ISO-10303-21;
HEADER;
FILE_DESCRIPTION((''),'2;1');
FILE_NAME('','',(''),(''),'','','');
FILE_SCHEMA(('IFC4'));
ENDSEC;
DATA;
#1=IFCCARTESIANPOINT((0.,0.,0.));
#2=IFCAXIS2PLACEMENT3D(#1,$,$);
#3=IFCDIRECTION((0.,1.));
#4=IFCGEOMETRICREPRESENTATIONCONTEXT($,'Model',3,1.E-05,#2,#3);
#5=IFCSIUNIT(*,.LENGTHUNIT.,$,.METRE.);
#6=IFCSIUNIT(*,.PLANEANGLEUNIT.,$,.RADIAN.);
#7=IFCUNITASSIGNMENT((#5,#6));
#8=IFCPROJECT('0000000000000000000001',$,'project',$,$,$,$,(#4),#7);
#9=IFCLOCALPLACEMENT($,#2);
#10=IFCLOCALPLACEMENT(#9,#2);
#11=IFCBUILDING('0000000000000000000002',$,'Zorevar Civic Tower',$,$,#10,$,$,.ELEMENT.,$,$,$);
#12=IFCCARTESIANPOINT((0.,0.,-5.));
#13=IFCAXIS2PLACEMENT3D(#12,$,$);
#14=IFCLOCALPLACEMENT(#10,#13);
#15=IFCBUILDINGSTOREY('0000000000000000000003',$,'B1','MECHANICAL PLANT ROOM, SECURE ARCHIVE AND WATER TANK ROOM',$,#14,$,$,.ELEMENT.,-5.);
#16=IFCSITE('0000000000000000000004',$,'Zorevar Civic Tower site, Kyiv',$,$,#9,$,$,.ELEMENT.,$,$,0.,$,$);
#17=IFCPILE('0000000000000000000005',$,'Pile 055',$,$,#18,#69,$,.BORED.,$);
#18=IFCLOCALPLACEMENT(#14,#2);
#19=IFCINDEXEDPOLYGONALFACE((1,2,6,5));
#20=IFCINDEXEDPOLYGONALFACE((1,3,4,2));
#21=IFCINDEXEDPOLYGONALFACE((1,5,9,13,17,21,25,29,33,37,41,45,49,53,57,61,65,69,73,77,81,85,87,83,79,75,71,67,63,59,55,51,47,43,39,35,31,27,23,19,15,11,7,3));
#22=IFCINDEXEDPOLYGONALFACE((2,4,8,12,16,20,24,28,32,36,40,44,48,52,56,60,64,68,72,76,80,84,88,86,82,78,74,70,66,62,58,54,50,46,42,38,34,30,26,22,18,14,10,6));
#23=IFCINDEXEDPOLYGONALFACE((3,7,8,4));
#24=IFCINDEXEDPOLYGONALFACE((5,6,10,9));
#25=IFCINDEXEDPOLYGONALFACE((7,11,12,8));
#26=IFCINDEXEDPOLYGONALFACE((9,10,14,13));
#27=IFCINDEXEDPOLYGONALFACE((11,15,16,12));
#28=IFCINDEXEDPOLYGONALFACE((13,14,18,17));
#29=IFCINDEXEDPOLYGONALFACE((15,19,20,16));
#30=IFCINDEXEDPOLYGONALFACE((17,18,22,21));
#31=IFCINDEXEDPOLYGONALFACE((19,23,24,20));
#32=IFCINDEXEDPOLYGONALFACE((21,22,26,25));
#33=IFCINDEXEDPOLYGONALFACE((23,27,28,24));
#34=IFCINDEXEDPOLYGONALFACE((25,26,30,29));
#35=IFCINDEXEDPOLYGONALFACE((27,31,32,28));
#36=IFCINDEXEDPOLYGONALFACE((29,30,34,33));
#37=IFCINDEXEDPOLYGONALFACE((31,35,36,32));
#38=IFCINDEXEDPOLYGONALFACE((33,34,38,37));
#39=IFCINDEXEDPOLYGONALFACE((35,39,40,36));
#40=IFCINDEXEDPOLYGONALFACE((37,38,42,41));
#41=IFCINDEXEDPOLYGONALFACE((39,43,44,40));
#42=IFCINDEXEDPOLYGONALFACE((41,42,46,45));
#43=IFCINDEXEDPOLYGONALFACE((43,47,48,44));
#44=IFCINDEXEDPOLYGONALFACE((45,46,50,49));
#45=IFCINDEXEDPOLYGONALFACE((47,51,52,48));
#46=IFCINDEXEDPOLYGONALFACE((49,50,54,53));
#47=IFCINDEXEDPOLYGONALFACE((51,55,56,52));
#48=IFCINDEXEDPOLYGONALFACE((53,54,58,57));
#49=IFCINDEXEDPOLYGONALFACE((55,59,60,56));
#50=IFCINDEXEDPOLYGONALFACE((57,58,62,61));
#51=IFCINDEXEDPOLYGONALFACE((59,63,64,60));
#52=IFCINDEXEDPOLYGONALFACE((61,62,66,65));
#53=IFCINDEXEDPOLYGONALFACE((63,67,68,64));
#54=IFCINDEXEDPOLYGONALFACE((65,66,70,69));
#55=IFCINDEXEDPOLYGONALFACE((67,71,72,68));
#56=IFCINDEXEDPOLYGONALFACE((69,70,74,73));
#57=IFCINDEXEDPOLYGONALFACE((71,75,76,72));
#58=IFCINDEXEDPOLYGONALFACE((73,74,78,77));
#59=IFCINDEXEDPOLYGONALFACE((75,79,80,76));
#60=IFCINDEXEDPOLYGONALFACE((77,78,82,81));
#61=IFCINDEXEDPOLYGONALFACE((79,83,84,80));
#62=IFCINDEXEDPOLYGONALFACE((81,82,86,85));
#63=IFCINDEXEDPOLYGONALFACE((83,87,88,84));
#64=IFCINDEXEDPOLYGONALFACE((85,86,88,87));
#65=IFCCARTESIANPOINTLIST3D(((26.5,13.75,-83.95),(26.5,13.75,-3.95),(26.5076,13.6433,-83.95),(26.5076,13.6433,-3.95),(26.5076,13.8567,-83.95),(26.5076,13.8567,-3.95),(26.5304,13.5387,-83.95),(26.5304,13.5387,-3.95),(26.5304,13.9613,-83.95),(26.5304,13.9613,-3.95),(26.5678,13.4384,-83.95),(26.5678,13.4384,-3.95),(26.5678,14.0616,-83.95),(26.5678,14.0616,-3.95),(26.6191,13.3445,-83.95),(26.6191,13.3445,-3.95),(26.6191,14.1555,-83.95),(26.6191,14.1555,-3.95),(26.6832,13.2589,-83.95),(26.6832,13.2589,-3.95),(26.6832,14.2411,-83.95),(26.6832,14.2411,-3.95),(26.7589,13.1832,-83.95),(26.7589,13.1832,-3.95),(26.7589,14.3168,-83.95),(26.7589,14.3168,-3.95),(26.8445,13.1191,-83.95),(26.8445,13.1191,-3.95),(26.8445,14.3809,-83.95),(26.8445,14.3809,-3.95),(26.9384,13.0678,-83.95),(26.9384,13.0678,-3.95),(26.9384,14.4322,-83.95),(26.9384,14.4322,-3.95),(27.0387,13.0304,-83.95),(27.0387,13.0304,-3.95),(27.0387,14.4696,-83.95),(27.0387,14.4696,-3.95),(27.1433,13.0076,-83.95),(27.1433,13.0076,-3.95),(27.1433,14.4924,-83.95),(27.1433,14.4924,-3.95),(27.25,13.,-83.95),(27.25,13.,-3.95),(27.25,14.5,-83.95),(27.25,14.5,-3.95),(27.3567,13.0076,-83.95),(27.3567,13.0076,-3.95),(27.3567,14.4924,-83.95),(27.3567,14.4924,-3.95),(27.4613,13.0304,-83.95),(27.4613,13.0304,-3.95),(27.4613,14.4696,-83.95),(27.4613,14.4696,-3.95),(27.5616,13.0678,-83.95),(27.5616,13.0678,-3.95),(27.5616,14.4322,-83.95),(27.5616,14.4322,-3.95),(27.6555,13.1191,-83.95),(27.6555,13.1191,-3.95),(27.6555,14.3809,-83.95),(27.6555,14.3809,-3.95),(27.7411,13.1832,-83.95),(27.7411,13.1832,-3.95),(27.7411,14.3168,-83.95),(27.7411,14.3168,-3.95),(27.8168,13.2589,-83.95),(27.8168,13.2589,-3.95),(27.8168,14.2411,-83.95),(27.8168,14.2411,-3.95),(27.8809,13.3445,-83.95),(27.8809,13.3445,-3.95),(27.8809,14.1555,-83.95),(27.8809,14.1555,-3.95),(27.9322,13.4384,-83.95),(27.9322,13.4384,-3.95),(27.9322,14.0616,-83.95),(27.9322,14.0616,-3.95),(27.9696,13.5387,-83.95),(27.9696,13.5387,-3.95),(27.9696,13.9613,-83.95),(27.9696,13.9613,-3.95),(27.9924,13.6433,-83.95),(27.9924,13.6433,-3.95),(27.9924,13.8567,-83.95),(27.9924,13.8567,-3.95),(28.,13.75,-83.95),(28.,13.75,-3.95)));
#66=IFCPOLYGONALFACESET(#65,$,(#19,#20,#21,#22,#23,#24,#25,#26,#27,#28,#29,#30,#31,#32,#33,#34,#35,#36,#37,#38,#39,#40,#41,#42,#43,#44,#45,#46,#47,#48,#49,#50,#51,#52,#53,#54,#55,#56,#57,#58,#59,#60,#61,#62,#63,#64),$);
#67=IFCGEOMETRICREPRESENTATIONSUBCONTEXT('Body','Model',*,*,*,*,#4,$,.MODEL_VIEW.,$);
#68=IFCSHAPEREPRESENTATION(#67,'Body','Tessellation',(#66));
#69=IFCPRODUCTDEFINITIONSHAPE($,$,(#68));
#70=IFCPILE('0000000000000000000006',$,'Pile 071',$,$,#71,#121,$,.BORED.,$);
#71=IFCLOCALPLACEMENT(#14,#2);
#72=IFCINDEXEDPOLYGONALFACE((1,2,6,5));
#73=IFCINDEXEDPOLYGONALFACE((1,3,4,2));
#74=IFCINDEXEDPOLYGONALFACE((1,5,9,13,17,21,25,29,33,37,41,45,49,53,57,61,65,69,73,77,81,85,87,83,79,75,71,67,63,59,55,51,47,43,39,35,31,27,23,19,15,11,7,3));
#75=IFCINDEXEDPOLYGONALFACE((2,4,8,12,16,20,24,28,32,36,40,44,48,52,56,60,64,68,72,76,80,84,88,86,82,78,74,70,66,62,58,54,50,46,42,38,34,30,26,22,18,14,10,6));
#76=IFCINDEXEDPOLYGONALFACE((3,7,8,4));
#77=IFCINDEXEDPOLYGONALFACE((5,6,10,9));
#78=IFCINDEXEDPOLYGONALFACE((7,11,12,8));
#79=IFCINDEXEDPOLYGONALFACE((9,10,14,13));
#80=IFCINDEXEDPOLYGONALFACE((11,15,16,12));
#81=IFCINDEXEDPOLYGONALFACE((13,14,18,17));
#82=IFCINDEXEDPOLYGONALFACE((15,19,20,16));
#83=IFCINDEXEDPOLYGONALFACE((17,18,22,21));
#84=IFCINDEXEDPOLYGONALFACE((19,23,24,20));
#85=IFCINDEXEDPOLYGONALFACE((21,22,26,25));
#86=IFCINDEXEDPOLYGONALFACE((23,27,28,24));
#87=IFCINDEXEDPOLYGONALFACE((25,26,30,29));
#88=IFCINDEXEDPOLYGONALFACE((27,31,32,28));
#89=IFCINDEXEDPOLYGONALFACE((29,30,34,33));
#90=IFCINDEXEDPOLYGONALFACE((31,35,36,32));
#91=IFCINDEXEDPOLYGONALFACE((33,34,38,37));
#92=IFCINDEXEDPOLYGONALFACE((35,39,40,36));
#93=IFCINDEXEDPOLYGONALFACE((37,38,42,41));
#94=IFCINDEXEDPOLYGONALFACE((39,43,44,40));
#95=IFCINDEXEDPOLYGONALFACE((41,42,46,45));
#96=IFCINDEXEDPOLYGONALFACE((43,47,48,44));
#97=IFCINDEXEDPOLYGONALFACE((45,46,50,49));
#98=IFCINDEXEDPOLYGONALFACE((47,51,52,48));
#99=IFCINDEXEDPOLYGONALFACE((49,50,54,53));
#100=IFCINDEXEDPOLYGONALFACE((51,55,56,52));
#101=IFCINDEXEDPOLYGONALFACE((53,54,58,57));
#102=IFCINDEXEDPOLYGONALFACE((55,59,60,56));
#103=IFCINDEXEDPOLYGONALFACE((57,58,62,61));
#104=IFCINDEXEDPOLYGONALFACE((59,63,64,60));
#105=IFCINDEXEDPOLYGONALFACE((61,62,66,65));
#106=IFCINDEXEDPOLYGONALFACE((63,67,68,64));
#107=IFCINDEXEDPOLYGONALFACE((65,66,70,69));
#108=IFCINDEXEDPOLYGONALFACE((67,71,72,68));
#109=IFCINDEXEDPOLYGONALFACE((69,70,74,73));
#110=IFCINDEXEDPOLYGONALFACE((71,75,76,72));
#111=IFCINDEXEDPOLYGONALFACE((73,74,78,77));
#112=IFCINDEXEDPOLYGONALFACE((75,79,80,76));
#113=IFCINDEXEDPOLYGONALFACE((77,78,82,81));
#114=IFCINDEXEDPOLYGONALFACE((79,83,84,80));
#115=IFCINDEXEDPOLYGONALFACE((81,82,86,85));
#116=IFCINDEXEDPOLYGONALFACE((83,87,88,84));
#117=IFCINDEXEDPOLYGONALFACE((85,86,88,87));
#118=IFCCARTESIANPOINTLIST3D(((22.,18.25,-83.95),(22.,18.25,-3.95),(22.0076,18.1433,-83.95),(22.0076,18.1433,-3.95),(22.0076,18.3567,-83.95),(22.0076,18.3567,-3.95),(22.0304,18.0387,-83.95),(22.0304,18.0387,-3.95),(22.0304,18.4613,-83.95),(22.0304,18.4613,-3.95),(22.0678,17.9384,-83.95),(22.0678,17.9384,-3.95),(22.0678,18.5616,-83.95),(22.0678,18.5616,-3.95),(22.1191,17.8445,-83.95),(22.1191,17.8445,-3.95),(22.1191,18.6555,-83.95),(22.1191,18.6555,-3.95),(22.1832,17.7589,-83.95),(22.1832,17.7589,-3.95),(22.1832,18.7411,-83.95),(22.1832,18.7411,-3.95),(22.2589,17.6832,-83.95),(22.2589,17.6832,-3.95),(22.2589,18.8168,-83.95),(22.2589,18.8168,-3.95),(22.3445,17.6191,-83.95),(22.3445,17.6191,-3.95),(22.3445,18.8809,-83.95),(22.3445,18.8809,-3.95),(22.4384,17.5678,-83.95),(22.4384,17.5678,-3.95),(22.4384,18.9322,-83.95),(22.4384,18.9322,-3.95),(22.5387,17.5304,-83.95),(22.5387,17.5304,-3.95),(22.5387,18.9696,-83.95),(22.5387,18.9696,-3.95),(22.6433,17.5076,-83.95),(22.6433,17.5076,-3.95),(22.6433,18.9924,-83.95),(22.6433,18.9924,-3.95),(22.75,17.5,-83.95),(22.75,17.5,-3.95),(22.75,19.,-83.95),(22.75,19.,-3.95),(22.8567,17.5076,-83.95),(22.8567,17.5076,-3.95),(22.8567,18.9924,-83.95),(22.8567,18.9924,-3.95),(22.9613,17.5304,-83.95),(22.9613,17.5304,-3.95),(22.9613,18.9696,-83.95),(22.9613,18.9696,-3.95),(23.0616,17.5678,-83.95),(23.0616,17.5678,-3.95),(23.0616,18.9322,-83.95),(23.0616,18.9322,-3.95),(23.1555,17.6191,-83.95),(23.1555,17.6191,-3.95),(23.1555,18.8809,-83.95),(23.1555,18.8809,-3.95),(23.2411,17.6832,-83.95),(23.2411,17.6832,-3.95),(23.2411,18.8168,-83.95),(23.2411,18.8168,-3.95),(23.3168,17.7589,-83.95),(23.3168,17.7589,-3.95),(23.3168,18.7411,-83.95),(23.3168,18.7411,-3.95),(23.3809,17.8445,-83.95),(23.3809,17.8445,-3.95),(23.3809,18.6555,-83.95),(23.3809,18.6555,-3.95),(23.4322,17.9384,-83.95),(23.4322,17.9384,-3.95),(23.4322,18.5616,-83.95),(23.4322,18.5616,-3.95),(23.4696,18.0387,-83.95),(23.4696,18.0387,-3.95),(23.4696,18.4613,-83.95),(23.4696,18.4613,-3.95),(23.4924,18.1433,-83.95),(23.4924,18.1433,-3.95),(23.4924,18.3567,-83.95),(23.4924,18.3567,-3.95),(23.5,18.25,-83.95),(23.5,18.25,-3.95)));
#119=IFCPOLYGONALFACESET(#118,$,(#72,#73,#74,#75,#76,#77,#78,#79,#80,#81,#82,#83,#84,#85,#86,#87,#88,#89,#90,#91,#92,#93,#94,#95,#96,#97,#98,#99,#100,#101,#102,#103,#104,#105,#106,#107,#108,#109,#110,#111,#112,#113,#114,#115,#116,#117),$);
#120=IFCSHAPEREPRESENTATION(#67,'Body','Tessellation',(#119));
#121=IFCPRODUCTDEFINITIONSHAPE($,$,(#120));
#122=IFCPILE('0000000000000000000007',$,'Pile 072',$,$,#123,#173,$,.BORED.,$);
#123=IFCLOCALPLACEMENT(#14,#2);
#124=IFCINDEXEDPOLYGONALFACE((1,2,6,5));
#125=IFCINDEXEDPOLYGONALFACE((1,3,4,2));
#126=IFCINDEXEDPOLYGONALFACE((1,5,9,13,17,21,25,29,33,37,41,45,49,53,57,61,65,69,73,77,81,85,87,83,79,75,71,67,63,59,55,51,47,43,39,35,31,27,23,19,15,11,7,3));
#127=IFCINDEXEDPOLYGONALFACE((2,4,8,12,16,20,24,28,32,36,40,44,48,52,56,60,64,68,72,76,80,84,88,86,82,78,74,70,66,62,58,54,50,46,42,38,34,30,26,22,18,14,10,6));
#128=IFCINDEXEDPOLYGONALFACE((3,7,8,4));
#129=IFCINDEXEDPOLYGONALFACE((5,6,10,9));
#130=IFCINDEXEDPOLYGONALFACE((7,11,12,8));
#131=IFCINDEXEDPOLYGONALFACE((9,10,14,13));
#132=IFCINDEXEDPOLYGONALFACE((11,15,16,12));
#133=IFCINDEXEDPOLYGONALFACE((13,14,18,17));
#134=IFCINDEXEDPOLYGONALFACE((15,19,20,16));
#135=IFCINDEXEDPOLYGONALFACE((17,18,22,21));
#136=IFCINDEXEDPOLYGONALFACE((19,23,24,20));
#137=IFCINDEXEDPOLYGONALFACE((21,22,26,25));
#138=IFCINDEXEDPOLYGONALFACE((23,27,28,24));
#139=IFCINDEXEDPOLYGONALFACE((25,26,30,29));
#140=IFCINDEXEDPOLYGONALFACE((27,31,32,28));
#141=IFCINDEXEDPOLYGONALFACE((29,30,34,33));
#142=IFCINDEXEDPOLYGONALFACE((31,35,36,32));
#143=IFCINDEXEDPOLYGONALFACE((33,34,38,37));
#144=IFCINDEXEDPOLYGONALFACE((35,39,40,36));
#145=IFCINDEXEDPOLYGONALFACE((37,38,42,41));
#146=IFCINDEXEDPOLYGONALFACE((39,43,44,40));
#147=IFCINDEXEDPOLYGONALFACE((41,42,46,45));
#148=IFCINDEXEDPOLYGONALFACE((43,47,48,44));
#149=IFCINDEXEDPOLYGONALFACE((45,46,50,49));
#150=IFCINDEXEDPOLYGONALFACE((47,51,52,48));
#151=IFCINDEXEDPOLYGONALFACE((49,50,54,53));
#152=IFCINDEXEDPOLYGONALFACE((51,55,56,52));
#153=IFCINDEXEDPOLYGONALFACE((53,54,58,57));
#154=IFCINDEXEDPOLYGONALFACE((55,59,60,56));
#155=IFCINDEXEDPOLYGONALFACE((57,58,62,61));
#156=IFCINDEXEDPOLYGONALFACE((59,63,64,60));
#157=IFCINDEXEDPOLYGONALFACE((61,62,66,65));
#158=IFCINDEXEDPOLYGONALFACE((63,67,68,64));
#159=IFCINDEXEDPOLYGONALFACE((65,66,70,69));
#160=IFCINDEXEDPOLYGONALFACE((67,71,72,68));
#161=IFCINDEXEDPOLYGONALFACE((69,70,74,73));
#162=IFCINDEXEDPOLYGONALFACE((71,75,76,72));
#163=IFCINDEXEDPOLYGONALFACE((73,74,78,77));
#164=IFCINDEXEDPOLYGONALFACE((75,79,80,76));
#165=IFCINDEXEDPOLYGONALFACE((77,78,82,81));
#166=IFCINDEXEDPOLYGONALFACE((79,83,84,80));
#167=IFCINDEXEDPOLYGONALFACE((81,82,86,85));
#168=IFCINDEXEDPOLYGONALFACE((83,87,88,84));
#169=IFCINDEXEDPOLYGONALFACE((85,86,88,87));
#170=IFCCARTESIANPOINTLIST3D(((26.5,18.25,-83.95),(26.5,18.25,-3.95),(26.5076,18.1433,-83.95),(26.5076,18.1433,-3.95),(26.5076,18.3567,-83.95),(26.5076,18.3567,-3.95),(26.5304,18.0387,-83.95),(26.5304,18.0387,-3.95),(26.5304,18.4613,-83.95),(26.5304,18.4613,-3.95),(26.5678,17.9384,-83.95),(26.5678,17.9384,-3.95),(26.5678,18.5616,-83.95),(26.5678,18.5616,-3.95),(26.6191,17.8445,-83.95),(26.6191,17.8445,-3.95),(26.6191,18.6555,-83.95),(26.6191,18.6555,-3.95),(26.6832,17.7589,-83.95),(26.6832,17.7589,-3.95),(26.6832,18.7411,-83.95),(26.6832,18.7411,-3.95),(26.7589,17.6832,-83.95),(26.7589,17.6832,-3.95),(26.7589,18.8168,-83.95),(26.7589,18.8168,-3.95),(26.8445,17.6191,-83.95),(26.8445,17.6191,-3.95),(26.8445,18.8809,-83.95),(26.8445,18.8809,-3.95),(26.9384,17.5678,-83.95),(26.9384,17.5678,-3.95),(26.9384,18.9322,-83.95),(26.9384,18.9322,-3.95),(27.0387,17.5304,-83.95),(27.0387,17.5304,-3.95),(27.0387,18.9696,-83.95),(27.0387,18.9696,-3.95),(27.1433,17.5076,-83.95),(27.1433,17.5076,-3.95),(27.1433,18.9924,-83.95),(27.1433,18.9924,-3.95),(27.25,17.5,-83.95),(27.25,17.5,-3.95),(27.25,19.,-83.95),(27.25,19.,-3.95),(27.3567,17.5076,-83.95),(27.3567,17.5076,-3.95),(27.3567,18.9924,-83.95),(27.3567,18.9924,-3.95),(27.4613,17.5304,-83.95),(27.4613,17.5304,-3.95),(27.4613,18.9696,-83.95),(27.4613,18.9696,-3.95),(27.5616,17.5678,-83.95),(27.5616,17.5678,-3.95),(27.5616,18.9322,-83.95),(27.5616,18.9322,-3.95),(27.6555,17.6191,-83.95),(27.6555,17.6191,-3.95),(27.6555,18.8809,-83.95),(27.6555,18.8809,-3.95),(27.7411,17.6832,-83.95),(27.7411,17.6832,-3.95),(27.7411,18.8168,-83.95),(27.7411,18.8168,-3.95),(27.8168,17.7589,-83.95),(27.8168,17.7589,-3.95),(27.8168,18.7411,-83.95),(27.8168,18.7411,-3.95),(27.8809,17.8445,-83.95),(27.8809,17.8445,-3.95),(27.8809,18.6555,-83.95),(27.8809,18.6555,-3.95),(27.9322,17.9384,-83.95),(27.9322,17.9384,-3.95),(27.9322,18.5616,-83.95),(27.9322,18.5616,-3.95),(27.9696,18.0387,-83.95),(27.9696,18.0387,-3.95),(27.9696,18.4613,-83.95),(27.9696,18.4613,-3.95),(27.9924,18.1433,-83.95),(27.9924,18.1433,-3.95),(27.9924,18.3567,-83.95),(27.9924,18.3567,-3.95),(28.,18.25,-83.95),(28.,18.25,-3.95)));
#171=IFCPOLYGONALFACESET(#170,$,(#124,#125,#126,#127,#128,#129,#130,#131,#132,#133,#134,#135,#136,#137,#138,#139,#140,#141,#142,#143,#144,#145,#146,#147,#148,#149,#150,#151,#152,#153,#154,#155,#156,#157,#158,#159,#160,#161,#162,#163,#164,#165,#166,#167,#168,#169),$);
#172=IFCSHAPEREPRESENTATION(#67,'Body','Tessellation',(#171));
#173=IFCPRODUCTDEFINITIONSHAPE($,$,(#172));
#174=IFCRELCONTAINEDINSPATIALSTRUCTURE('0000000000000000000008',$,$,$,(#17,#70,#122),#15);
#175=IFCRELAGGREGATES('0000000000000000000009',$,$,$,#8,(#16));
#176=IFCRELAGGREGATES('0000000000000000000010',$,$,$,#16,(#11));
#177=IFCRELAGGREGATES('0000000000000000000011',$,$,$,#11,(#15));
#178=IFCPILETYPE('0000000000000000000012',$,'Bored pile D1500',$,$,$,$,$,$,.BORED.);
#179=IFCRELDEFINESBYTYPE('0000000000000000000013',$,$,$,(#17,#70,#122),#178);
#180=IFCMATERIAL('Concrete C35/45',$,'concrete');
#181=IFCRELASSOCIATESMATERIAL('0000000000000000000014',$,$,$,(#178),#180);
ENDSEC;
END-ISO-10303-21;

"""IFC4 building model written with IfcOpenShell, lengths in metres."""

from ifc_helpers import new_model, si_unit, direction, frame, origin, origin_2d, place, context, subcontext, project, spatial, circle, extrude, material, type_object, element, save


model = new_model("IFC4")

# Units and contexts
model_context = context("Model", 3, precision=1e-05, world=origin(), true_north=direction((0.0, 1.0)))
body_context = subcontext(model_context, "Body", "Model", "MODEL_VIEW")
ifc_project = project(units=[si_unit("LENGTHUNIT", "METRE"), si_unit("PLANEANGLEUNIT", "RADIAN")], contexts=[model_context])

# Site, building, storey
site_placement = place(None, origin())
site = spatial("IfcSite", under=ifc_project, at=site_placement, Name="Zorevar Civic Tower site, Kyiv", CompositionType="ELEMENT", RefElevation=0.0)
building_placement = place(site_placement, origin())
building = spatial("IfcBuilding", under=site, at=building_placement, Name="Zorevar Civic Tower", CompositionType="ELEMENT")
storey_placement = place(building_placement, frame((0.0, 0.0, -5.0)))
storey = spatial("IfcBuildingStorey", under=building, at=storey_placement, Name="B1", Description="MECHANICAL PLANT ROOM, SECURE ARCHIVE AND WATER TANK ROOM", CompositionType="ELEMENT", Elevation=-5.0)

# Piles
ifc_material_1 = material(Name="Concrete C35/45", Category="concrete")
pile_type = type_object("IfcPileType", Name="Bored pile D1500", PredefinedType="BORED", material=ifc_material_1)
for number, where, z_axis, x_axis, name in (
    (1, (27.25, 13.75, -3.95), (0.0, 0.0, -1.0), (1.0, 0.0, 0.0), "Pile 055"),
    (2, (22.75, 18.25, -3.95), (0.0, 0.0, -1.0), (1.0, 0.0, 0.0), "Pile 071"),
    (3, (27.25, 18.25, -3.95), (0.0, 0.0, -1.0), (1.0, 0.0, 0.0), "Pile 072"),
):
    element("IfcPile", number, at=place(storey_placement, frame(where, z_axis=z_axis, x_axis=x_axis)), inside=storey, type_object=pile_type, Name=name, PredefinedType="BORED", context=body_context, shape_type="SweptSolid", body=[
        extrude(circle(Radius=0.75, at=origin_2d()), origin(), (0.0, 0.0, 1.0), 80.0),
    ])

save(model, "model.ifc")
